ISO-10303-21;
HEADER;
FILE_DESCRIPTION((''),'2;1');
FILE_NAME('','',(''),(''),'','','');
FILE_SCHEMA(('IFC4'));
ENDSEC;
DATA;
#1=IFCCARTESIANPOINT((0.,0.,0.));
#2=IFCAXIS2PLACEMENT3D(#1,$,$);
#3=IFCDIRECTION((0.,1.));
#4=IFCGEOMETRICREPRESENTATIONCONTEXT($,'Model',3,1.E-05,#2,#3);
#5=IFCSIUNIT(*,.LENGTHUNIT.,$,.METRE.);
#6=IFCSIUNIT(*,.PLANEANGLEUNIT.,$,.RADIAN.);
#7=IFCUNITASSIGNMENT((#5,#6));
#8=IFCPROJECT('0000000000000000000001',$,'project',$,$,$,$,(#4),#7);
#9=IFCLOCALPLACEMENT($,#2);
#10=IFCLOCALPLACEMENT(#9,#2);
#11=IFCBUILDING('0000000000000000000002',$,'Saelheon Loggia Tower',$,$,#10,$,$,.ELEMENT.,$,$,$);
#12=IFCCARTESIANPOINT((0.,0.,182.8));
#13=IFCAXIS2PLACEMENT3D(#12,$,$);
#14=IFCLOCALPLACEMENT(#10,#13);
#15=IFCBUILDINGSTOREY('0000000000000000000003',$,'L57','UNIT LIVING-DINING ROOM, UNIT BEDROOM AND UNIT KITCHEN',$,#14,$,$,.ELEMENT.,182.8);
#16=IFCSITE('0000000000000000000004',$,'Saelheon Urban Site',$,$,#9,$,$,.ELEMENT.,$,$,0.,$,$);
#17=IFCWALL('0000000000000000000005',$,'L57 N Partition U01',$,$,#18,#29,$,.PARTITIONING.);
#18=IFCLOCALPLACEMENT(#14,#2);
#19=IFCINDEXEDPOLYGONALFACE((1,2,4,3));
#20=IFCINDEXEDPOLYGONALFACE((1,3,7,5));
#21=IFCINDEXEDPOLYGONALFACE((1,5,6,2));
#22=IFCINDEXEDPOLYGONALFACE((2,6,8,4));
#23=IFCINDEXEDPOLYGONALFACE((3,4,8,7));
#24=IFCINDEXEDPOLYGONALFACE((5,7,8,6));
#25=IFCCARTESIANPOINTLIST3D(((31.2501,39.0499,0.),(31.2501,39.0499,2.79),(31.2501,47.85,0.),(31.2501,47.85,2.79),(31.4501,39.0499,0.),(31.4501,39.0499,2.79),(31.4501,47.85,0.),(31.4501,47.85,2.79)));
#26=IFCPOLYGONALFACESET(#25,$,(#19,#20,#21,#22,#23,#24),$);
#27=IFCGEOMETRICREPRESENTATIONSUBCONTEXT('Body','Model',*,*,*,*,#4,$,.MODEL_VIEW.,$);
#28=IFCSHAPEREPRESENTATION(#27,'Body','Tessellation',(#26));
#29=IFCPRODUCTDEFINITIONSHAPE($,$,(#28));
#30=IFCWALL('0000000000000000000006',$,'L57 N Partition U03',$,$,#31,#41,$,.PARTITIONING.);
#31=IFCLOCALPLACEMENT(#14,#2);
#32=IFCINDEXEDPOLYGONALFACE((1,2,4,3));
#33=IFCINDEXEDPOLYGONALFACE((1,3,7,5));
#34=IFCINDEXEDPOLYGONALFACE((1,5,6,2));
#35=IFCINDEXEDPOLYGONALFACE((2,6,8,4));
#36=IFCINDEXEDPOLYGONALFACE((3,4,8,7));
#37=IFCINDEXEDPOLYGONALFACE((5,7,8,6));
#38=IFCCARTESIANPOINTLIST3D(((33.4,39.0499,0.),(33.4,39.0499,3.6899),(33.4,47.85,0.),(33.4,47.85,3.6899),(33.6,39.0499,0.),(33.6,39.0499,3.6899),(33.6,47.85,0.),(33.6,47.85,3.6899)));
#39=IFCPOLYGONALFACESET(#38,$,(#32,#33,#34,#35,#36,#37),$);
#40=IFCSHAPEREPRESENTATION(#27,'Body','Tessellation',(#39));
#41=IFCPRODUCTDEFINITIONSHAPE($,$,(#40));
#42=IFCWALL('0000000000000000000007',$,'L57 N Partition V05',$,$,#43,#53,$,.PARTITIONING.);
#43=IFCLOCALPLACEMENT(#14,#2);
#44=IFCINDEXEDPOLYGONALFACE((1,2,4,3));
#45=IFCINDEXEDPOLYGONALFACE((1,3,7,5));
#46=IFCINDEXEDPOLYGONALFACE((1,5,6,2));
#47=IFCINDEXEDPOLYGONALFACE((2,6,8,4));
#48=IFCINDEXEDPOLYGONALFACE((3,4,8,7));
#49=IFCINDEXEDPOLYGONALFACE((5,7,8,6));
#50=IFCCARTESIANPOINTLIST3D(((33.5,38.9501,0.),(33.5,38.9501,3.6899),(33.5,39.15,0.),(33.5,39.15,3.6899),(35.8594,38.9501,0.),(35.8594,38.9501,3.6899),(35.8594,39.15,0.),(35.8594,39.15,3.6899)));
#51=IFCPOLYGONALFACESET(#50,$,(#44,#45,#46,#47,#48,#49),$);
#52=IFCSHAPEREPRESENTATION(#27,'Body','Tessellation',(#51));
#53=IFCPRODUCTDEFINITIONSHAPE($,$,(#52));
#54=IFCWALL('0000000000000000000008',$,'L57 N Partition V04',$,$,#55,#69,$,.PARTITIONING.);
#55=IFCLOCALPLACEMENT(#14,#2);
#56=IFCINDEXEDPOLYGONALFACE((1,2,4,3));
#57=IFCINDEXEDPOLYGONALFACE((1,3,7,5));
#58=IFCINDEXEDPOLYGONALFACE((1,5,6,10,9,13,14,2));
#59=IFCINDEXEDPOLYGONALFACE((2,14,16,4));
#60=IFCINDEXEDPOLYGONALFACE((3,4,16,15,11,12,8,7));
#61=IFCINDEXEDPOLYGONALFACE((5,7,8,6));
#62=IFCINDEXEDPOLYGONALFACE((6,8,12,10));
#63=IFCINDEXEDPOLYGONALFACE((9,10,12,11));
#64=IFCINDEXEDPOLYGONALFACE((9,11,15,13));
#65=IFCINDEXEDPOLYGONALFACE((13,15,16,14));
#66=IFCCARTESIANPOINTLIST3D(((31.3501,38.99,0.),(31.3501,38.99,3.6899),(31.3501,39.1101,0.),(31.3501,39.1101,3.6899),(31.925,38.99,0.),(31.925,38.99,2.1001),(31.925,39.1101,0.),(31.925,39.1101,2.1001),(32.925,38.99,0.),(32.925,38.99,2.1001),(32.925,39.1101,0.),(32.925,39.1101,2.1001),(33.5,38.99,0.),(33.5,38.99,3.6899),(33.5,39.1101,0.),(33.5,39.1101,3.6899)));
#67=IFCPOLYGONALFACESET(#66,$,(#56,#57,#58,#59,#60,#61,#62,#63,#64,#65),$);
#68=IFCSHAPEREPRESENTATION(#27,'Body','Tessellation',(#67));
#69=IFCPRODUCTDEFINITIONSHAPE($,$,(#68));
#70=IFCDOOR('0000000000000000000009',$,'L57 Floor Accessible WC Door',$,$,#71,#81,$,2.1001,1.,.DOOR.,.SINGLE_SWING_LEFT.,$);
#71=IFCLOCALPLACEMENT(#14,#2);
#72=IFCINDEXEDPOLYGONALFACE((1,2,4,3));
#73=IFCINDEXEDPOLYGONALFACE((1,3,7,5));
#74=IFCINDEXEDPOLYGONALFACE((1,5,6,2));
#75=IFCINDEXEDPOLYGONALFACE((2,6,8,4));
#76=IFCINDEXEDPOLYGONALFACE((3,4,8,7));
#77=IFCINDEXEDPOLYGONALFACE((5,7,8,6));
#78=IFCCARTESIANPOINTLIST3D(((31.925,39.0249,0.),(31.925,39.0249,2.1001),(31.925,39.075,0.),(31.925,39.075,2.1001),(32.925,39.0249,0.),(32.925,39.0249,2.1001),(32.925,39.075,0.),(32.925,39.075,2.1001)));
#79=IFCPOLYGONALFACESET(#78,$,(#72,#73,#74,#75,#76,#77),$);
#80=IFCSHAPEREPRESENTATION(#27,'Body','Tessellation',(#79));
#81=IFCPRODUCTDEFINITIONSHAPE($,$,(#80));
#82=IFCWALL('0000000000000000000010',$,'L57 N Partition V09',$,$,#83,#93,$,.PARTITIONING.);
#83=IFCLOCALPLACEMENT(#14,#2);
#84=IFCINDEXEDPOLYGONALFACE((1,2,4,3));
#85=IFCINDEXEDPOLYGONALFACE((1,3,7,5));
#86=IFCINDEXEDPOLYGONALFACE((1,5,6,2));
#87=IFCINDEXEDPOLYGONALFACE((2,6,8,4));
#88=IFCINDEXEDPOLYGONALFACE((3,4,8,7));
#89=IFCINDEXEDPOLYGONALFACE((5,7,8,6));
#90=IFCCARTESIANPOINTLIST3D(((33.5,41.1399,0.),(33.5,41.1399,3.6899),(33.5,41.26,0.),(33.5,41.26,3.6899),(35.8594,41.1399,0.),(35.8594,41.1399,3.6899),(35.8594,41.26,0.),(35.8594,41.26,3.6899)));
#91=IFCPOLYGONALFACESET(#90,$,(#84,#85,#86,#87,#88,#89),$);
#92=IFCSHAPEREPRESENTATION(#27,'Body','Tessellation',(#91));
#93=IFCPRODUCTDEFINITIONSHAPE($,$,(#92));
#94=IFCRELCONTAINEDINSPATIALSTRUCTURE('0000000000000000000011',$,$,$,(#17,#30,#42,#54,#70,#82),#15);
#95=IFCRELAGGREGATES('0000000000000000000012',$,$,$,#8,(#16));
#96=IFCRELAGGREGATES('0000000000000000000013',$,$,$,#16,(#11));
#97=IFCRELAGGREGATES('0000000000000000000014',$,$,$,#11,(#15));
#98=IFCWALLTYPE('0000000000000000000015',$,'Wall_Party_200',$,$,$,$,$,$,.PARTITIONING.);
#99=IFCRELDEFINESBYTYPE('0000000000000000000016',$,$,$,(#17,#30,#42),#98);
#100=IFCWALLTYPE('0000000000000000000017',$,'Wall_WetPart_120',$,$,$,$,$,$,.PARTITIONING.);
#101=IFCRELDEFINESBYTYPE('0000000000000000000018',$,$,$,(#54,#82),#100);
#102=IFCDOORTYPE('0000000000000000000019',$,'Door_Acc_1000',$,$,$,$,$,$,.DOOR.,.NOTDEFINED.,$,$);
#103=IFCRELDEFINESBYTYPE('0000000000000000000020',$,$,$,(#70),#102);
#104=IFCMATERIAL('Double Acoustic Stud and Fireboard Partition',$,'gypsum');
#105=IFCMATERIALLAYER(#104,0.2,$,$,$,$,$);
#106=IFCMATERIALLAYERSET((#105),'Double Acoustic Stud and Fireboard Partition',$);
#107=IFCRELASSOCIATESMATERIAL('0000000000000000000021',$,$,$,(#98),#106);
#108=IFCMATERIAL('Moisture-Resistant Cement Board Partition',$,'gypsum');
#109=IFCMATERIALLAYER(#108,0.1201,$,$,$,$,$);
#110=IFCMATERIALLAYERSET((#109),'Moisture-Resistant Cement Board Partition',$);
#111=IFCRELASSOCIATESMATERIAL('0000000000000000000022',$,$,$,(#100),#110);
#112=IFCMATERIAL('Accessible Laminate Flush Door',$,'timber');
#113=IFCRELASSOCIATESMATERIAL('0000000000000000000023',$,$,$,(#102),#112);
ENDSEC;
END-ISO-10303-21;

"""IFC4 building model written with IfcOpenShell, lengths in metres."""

from ifc_helpers import new_model, si_unit, direction, frame, frame_2d, origin, place, context, subcontext, project, spatial, rectangle, extrude, source, transform, mapped, material, layer, layer_set, type_object, element, fill, save


model = new_model("IFC4")

# Units and contexts
model_context = context("Model", 3, precision=1e-05, world=origin(), true_north=direction((0.0, 1.0)))
body_context = subcontext(model_context, "Body", "Model", "MODEL_VIEW")
ifc_project = project(units=[si_unit("LENGTHUNIT", "METRE"), si_unit("PLANEANGLEUNIT", "RADIAN")], contexts=[model_context])

# Site, building, storey
site_placement = place(None, origin())
site = spatial("IfcSite", under=ifc_project, at=site_placement, Name="Saelheon Urban Site", CompositionType="ELEMENT", RefElevation=0.0)
building_placement = place(site_placement, origin())
building = spatial("IfcBuilding", under=site, at=building_placement, Name="Saelheon Loggia Tower", CompositionType="ELEMENT")
storey_placement = place(building_placement, frame((0.0, 0.0, 182.8)))
storey = spatial("IfcBuildingStorey", under=building, at=storey_placement, Name="L57", Description="UNIT LIVING-DINING ROOM, UNIT BEDROOM AND UNIT KITCHEN", CompositionType="ELEMENT", Elevation=182.8)

# Walls
ifc_material_1 = material(Name="Double Acoustic Stud and Fireboard Partition", Category="gypsum")
ifc_layer_1 = layer(ifc_material_1, 0.2)
ifc_layer_set_1 = layer_set([ifc_layer_1], Name="Double Acoustic Stud and Fireboard Partition")
wall_type_1 = type_object("IfcWallType", Name="Wall_Party_200", PredefinedType="PARTITIONING", material=ifc_layer_set_1)
wall_1_placement = place(storey_placement, frame((31.3501, 39.05, 0.0), z_axis=(0.0, 0.0, 1.0), x_axis=(0.0, 1.0, 0.0)))
element("IfcWall", 1, at=wall_1_placement, inside=storey, type_object=wall_type_1, Name="L57 N Partition U01", PredefinedType="PARTITIONING", context=body_context, shape_type="SweptSolid", body=[
    extrude(rectangle(XDim=8.8, YDim=0.2, at=frame_2d((4.3999, 0.0))), origin(), (0.0, 0.0, 1.0), 2.79),
])
wall_2_placement = place(storey_placement, frame((33.5, 39.05, 0.0), z_axis=(0.0, 0.0, 1.0), x_axis=(0.0, 1.0, 0.0)))
element("IfcWall", 2, at=wall_2_placement, inside=storey, type_object=wall_type_1, Name="L57 N Partition U03", PredefinedType="PARTITIONING", context=body_context, shape_type="SweptSolid", body=[
    extrude(rectangle(XDim=8.8, YDim=0.2, at=frame_2d((4.3999, 0.0))), origin(), (0.0, 0.0, 1.0), 3.6899),
])
wall_3_placement = place(storey_placement, frame((33.5, 39.05, 0.0), z_axis=(0.0, 0.0, 1.0), x_axis=(1.0, 0.0, 0.0)))
element("IfcWall", 3, at=wall_3_placement, inside=storey, type_object=wall_type_1, Name="L57 N Partition V05", PredefinedType="PARTITIONING", context=body_context, shape_type="SweptSolid", body=[
    extrude(rectangle(XDim=2.3594, YDim=0.2, at=frame_2d((1.1797, 0.0))), origin(), (0.0, 0.0, 1.0), 3.6899),
])

# Wall, opening, door
ifc_material_2 = material(Name="Moisture-Resistant Cement Board Partition", Category="gypsum")
ifc_layer_2 = layer(ifc_material_2, 0.1201)
ifc_layer_set_2 = layer_set([ifc_layer_2], Name="Moisture-Resistant Cement Board Partition")
wall_type_2 = type_object("IfcWallType", Name="Wall_WetPart_120", PredefinedType="PARTITIONING", material=ifc_layer_set_2)
wall_4_placement = place(storey_placement, frame((31.3501, 39.05, 0.0), z_axis=(0.0, 0.0, 1.0), x_axis=(1.0, 0.0, 0.0)))
wall_4 = element("IfcWall", 4, at=wall_4_placement, inside=storey, type_object=wall_type_2, Name="L57 N Partition V04", PredefinedType="PARTITIONING", context=body_context, shape_type="SweptSolid", body=[
    extrude(rectangle(XDim=2.1499, YDim=0.1201, at=frame_2d((1.075, 0.0))), origin(), (0.0, 0.0, 1.0), 3.6899),
])
opening_1_placement = place(wall_4_placement, frame((0.575, 0.0, 0.0)))
opening_1 = element("IfcOpeningElement", 5, at=opening_1_placement, cuts=wall_4, PredefinedType="OPENING", context=body_context, shape_type="SweptSolid", body=[
    extrude(rectangle(XDim=1.0, YDim=2.1001, at=frame_2d((0.5, 1.05))), frame((0.0, 0.072, 0.0), z_axis=(0.0, -1.0, 0.0), x_axis=(1.0, 0.0, 0.0)), (0.0, 0.0, 1.0), 0.144),
])
ifc_material_3 = material(Name="Accessible Laminate Flush Door", Category="timber")
door_type_1 = type_object("IfcDoorType", Name="Door_Acc_1000", OperationType="NOTDEFINED", PredefinedType="DOOR", material=ifc_material_3)
shared_shape_1 = source(origin(), body_context, "Body", "SweptSolid", [
    extrude(rectangle(XDim=1.0, YDim=2.1001, at=frame_2d((0.5, 1.05))), frame((0.0, 0.0249, 0.0), z_axis=(0.0, -1.0, 0.0), x_axis=(1.0, 0.0, 0.0)), (0.0, 0.0, 1.0), 0.05),
])
door_1_placement = place(opening_1_placement, origin())
door_1 = element("IfcDoor", 6, at=door_1_placement, inside=storey, type_object=door_type_1, Name="L57 Floor Accessible WC Door", OperationType="SINGLE_SWING_LEFT", OverallHeight=2.1001, OverallWidth=1.0, PredefinedType="DOOR", context=body_context, shape_type="MappedRepresentation", body=[
    mapped(shared_shape_1, transform((0.0, 0.0, 0.0), scale=1.0)),
])
fill(opening_1, door_1)

# Wall
wall_5_placement = place(storey_placement, frame((33.5, 41.2, 0.0), z_axis=(0.0, 0.0, 1.0), x_axis=(1.0, 0.0, 0.0)))
element("IfcWall", 7, at=wall_5_placement, inside=storey, type_object=wall_type_2, Name="L57 N Partition V09", PredefinedType="PARTITIONING", context=body_context, shape_type="SweptSolid", body=[
    extrude(rectangle(XDim=2.3594, YDim=0.1201, at=frame_2d((1.1797, 0.0))), origin(), (0.0, 0.0, 1.0), 3.6899),
])

save(model, "model.ifc")
